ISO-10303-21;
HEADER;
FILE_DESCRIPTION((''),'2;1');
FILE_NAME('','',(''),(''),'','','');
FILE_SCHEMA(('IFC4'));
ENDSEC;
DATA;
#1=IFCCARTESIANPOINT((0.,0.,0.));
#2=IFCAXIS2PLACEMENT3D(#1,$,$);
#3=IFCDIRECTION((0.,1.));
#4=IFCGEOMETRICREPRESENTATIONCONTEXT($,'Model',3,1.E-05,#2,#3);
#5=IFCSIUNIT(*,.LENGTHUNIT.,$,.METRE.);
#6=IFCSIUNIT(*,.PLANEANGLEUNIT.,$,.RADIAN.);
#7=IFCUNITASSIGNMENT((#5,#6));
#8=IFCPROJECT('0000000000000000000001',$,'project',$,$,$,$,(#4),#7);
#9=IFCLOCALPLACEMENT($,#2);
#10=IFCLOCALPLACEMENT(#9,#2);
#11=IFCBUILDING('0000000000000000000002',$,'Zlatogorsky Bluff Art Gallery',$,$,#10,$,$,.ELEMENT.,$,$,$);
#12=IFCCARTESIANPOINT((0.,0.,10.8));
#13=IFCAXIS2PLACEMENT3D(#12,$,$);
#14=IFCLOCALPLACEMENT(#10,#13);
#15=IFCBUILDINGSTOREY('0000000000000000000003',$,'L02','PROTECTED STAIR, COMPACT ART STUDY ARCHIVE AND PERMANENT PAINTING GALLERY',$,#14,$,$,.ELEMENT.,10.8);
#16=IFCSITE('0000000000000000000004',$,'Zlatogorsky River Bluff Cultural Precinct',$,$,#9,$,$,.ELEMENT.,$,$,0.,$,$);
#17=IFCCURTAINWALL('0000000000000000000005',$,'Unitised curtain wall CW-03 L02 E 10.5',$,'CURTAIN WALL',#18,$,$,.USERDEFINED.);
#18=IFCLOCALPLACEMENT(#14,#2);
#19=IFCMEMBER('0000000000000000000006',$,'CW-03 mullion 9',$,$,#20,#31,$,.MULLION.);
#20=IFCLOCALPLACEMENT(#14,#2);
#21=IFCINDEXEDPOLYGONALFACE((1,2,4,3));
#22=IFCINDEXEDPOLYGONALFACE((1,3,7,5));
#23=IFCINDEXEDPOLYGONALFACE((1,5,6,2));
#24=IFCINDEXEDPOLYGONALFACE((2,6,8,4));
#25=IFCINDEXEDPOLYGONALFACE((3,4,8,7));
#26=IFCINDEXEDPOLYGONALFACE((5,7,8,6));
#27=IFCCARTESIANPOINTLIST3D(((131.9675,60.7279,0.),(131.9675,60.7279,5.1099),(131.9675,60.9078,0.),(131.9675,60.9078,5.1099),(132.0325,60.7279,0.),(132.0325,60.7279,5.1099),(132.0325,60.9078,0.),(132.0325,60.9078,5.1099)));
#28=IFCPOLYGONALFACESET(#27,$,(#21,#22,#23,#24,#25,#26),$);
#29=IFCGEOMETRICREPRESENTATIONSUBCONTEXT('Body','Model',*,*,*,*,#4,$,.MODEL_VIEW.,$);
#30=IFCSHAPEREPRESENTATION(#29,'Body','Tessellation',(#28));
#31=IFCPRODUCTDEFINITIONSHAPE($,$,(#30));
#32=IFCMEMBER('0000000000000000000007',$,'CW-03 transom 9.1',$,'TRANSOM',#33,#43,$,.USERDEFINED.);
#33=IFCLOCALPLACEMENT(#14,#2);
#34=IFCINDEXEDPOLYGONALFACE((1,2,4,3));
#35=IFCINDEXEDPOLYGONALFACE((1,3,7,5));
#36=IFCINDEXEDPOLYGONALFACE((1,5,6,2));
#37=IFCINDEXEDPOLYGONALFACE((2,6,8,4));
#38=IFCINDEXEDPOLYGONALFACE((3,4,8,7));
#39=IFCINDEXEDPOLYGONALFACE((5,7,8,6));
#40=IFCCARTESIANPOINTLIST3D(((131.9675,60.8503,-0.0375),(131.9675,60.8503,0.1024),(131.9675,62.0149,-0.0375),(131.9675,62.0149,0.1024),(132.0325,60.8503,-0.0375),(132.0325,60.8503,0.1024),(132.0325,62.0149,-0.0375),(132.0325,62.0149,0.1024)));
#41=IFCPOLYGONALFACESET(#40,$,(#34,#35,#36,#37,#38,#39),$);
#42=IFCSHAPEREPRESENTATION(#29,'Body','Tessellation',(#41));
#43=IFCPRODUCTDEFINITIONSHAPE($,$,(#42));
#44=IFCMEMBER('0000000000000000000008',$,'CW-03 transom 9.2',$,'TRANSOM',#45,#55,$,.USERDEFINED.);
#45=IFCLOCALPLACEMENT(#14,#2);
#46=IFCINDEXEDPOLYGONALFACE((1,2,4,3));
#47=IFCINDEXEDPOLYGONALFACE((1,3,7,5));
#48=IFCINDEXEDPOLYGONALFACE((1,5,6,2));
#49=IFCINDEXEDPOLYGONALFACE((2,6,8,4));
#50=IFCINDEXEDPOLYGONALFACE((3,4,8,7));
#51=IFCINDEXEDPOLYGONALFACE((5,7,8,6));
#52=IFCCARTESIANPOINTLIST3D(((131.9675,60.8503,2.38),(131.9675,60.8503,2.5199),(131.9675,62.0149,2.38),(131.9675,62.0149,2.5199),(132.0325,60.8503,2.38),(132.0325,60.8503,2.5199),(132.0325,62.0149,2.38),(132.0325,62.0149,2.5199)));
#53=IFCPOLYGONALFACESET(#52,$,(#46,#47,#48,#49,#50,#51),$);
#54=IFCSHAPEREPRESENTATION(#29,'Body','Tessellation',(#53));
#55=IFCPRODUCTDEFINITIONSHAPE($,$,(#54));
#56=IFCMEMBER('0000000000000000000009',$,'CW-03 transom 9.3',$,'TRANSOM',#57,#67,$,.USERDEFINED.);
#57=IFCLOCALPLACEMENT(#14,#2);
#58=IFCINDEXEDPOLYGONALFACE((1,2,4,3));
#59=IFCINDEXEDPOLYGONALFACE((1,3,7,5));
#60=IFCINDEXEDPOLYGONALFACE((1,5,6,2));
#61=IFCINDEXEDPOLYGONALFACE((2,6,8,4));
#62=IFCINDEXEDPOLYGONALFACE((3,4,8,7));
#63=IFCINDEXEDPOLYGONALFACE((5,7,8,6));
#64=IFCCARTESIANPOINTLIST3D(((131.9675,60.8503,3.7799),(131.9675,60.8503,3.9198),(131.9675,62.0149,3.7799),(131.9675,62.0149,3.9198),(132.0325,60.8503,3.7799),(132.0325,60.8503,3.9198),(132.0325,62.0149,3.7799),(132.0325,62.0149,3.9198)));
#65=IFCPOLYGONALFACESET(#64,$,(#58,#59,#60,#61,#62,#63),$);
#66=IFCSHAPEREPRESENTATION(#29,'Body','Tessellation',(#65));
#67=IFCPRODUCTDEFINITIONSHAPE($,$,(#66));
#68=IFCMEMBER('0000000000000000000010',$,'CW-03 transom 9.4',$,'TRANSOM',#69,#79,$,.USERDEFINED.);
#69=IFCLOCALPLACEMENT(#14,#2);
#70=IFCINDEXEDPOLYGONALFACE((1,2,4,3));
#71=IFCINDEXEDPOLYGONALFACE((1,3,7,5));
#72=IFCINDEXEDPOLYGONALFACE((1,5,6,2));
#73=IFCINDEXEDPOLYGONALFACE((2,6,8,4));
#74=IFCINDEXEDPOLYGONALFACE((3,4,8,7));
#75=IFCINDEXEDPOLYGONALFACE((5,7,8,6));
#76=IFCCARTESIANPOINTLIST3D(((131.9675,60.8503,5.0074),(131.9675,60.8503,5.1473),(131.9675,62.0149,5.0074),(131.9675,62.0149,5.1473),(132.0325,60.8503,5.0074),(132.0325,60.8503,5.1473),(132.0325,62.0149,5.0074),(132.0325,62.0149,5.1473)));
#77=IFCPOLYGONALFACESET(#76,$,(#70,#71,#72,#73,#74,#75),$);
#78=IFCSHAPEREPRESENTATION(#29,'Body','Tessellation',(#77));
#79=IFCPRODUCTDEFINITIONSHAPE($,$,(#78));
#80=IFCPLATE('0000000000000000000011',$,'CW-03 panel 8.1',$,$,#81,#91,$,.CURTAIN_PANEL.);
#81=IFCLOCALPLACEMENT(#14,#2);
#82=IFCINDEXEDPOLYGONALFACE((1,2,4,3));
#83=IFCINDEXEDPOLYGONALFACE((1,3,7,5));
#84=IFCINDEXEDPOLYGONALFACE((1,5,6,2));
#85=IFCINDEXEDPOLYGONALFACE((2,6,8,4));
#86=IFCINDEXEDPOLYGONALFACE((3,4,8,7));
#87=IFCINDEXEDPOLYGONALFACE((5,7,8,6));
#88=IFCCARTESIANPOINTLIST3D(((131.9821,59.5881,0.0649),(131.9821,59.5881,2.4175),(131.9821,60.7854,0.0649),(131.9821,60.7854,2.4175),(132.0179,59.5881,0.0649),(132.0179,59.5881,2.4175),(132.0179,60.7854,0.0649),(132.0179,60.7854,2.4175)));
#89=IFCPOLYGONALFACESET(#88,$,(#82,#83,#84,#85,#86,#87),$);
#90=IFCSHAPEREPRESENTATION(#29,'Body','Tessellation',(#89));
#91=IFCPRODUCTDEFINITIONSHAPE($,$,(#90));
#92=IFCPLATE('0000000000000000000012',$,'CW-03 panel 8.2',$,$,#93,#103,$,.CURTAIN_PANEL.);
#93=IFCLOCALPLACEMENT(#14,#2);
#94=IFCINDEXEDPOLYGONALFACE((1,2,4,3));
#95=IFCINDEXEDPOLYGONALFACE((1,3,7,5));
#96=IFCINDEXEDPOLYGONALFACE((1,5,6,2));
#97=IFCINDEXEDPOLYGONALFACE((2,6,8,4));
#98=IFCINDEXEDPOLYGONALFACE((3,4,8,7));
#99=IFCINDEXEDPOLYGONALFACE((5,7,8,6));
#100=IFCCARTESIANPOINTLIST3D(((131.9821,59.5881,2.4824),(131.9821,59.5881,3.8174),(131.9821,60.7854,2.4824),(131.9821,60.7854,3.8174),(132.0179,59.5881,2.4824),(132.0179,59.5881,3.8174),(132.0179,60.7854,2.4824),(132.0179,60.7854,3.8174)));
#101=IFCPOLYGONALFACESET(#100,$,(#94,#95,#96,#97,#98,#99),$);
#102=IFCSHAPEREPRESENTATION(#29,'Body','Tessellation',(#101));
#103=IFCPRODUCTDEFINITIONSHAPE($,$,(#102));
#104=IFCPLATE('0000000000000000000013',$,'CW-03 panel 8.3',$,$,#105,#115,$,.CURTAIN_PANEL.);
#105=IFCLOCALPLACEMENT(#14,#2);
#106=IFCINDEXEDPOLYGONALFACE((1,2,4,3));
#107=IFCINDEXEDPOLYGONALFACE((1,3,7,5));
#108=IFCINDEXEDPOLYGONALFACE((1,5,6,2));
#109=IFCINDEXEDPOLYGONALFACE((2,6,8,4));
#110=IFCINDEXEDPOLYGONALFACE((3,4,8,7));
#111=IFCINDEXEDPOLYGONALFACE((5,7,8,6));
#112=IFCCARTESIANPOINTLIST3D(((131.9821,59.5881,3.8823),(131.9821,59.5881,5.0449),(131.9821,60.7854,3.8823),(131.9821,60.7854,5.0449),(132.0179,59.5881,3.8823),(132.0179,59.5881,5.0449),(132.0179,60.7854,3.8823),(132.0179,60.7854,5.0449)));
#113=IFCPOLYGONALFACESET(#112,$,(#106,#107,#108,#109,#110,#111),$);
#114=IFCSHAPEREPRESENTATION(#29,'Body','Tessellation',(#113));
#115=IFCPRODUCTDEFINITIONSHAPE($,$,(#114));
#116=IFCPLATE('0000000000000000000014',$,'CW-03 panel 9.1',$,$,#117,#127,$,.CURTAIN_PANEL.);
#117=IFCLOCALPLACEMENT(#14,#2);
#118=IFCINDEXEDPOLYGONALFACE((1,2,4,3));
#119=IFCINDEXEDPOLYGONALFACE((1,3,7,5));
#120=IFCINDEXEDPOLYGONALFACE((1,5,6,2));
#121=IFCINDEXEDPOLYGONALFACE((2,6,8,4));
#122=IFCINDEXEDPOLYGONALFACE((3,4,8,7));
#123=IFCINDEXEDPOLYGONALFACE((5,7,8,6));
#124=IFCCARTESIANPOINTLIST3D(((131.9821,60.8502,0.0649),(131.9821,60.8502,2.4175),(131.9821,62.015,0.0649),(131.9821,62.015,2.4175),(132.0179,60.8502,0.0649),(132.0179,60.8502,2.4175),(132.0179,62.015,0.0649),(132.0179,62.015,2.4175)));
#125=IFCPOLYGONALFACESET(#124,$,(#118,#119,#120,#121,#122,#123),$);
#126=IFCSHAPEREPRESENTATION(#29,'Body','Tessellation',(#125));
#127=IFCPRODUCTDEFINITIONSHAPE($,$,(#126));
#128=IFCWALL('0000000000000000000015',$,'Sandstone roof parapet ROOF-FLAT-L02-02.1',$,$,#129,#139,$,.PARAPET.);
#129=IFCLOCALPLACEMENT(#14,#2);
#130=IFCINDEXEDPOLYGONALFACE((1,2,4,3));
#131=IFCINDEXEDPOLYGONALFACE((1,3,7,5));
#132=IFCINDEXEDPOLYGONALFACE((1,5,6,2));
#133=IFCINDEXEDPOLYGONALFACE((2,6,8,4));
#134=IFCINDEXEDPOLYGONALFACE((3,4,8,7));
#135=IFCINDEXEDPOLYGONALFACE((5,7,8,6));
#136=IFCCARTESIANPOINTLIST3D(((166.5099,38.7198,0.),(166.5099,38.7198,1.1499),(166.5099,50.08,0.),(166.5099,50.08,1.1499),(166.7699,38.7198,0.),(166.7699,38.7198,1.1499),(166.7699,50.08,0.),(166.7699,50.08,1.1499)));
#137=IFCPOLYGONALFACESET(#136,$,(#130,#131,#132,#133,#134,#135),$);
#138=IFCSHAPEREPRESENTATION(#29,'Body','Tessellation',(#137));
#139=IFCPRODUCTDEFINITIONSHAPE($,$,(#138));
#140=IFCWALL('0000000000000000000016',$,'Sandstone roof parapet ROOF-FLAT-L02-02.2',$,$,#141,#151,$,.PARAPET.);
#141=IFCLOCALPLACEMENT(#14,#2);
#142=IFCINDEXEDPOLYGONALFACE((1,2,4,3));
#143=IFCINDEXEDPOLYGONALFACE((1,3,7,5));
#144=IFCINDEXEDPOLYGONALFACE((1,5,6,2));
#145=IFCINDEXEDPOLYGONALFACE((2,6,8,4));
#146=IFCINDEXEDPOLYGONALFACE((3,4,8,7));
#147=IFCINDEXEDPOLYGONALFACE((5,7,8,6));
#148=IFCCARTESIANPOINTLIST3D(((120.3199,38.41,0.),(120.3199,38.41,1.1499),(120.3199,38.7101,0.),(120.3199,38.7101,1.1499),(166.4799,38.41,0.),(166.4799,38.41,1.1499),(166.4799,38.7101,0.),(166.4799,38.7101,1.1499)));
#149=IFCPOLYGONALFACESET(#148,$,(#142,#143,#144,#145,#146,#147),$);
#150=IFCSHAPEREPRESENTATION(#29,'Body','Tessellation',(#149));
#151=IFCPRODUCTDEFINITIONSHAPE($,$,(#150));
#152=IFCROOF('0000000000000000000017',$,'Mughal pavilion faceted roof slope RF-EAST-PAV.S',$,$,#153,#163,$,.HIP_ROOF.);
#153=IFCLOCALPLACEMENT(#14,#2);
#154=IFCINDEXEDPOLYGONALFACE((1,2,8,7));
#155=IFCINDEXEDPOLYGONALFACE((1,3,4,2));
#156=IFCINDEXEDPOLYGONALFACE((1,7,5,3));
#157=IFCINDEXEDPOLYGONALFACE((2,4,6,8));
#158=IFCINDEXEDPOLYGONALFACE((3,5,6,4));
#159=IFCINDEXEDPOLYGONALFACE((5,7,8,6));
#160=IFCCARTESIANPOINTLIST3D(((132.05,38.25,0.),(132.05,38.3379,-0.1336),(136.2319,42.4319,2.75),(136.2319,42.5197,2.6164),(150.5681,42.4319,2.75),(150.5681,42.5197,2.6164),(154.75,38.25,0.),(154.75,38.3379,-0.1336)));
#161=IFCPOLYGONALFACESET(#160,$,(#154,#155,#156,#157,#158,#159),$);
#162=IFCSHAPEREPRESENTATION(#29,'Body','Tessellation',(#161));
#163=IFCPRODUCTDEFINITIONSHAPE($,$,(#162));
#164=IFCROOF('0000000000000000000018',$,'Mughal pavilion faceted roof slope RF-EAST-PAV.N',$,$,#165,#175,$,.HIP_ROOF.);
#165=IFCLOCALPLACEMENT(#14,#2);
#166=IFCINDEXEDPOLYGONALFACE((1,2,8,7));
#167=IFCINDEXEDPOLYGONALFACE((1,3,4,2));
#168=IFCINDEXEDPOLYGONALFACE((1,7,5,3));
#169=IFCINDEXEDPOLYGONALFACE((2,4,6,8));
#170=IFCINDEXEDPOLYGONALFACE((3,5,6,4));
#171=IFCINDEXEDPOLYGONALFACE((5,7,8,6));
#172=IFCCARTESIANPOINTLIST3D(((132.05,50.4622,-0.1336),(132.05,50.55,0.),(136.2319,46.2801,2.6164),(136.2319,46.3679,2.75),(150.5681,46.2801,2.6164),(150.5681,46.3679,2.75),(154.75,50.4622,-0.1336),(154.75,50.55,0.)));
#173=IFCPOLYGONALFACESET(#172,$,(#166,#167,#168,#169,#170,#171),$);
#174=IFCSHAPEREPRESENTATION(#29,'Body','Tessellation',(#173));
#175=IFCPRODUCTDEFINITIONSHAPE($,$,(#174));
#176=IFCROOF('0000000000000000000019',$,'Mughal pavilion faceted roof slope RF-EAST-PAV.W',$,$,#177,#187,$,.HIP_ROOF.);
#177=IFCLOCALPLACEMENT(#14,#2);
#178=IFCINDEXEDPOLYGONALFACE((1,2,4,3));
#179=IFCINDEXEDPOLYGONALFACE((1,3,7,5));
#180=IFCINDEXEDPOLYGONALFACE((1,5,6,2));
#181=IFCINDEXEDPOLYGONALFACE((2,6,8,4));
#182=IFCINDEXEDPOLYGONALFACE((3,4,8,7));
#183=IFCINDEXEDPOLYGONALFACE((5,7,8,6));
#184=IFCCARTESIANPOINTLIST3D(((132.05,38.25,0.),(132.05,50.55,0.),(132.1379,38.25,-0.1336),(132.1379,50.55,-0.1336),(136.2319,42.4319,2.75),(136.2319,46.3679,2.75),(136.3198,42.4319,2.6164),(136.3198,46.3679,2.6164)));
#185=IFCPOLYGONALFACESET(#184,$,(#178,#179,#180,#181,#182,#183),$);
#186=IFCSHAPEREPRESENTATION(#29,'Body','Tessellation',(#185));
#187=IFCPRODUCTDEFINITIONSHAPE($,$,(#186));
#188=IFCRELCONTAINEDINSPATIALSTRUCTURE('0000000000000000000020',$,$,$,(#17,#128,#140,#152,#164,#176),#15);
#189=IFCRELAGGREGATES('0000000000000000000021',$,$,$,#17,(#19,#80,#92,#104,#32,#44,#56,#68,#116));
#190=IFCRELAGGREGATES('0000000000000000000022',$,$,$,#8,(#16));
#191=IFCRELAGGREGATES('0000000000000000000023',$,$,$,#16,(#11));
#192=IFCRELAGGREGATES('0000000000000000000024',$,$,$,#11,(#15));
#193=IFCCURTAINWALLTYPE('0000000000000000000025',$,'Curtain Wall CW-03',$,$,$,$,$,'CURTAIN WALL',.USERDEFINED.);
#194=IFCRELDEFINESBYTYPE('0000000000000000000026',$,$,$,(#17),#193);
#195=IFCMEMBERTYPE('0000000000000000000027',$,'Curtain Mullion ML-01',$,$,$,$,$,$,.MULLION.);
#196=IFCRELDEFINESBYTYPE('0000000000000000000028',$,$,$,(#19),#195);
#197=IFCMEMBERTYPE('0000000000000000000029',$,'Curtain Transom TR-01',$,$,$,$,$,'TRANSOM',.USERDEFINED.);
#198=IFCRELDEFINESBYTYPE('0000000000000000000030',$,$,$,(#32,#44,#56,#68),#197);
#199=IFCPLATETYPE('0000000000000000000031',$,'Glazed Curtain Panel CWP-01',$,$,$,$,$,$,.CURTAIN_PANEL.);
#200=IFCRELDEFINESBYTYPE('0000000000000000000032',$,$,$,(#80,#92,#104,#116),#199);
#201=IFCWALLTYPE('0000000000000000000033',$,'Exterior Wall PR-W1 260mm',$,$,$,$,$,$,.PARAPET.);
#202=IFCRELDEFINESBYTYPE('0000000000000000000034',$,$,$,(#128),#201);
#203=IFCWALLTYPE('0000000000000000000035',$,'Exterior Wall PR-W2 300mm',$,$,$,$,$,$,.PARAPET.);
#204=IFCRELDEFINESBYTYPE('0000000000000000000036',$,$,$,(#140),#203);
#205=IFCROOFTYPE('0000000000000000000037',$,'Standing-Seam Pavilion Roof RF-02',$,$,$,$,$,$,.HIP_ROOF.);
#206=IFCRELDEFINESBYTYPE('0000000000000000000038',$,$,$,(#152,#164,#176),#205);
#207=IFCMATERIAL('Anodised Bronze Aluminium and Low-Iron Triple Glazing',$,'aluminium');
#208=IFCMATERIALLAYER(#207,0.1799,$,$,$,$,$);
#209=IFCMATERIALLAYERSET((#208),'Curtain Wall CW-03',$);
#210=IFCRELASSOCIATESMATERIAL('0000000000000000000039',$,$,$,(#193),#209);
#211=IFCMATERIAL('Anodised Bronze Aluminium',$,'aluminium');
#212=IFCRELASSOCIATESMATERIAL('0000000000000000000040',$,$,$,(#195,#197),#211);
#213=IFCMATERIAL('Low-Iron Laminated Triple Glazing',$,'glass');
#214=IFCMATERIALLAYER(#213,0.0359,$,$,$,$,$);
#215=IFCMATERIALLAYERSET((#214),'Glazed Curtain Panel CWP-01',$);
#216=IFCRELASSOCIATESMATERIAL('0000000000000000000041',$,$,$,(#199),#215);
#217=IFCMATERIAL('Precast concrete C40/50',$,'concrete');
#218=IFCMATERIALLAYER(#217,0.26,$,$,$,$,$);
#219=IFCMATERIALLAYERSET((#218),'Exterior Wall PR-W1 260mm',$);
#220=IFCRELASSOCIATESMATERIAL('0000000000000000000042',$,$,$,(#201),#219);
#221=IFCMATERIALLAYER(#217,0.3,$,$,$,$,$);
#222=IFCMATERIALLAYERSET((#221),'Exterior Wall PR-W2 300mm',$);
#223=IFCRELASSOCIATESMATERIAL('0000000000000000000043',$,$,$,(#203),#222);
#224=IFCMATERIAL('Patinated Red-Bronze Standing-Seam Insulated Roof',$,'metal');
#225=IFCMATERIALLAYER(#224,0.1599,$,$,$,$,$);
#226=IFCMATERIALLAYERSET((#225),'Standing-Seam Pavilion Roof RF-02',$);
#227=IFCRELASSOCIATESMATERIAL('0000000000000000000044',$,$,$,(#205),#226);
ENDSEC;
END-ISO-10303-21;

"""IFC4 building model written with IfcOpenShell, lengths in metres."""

from ifc_helpers import new_model, si_unit, direction, frame, frame_2d, origin, origin_2d, place, context, subcontext, project, spatial, polyline, rectangle, outline, extrude, material, layer, layer_set, material_profile, profile_set, type_object, element, aggregate, save


model = new_model("IFC4")

# Units and contexts
model_context = context("Model", 3, precision=1e-05, world=origin(), true_north=direction((0.0, 1.0)))
body_context = subcontext(model_context, "Body", "Model", "MODEL_VIEW")
ifc_project = project(units=[si_unit("LENGTHUNIT", "METRE"), si_unit("PLANEANGLEUNIT", "RADIAN")], contexts=[model_context])

# Site, building, storey
site_placement = place(None, origin())
site = spatial("IfcSite", under=ifc_project, at=site_placement, Name="Zlatogorsky River Bluff Cultural Precinct", CompositionType="ELEMENT", RefElevation=0.0)
building_placement = place(site_placement, origin())
building = spatial("IfcBuilding", under=site, at=building_placement, Name="Zlatogorsky Bluff Art Gallery", CompositionType="ELEMENT")
storey_placement = place(building_placement, frame((0.0, 0.0, 10.8)))
storey = spatial("IfcBuildingStorey", under=building, at=storey_placement, Name="L02", Description="PROTECTED STAIR, COMPACT ART STUDY ARCHIVE AND PERMANENT PAINTING GALLERY", CompositionType="ELEMENT", Elevation=10.8)

# Curtain wall, members, plates
ifc_material_1 = material(Name="Anodised Bronze Aluminium and Low-Iron Triple Glazing", Category="aluminium")
ifc_layer_1 = layer(ifc_material_1, 0.1799)
ifc_layer_set_1 = layer_set([ifc_layer_1], Name="Curtain Wall CW-03")
curtain_wall_type = type_object("IfcCurtainWallType", Name="Curtain Wall CW-03", ElementType="CURTAIN WALL", PredefinedType="USERDEFINED", material=ifc_layer_set_1)
curtain_wall_placement = place(storey_placement, origin())
curtain_wall = element("IfcCurtainWall", 1, at=curtain_wall_placement, inside=storey, type_object=curtain_wall_type, Name="Unitised curtain wall CW-03 L02 E 10.5", ObjectType="CURTAIN WALL", PredefinedType="USERDEFINED")
ifc_material_2 = material(Name="Anodised Bronze Aluminium", Category="aluminium")
ifc_material_profile_1 = material_profile(ifc_material_2, rectangle(XDim=0.0649, YDim=0.1799, at=origin_2d()), Name="ALU MULLION 65x180")
ifc_profile_set_1 = profile_set([ifc_material_profile_1], Name="Anodised Bronze Aluminium")
member_type_1 = type_object("IfcMemberType", Name="Curtain Mullion ML-01", PredefinedType="MULLION", material=ifc_profile_set_1)
member_1_placement = place(storey_placement, frame((132.0, 60.8179, 0.0), z_axis=(0.0, 0.0, 1.0), x_axis=(-1.0, 0.0, 0.0)))
member_1 = element("IfcMember", 2, at=member_1_placement, type_object=member_type_1, Name="CW-03 mullion 9", PredefinedType="MULLION", context=body_context, shape_type="SweptSolid", body=[
    extrude(rectangle(XDim=0.0649, YDim=0.1799, at=origin_2d()), origin(), (0.0, 0.0, 1.0), 5.1099),
])
ifc_material_profile_2 = material_profile(ifc_material_2, rectangle(XDim=0.0649, YDim=0.1399, at=origin_2d()), Name="ALU TRANSOM 65x140")
ifc_profile_set_2 = profile_set([ifc_material_profile_2], Name="Anodised Bronze Aluminium")
member_type_2 = type_object("IfcMemberType", Name="Curtain Transom TR-01", ElementType="TRANSOM", PredefinedType="USERDEFINED", material=ifc_profile_set_2)
member_2_placement = place(storey_placement, frame((132.0, 60.8503, 0.0325), z_axis=(0.0, 1.0, 0.0), x_axis=(-1.0, 0.0, 0.0)))
member_2 = element("IfcMember", 3, at=member_2_placement, type_object=member_type_2, Name="CW-03 transom 9.1", ObjectType="TRANSOM", PredefinedType="USERDEFINED", context=body_context, shape_type="SweptSolid", body=[
    extrude(rectangle(XDim=0.0649, YDim=0.1399, at=origin_2d()), origin(), (0.0, 0.0, 1.0), 1.1646),
])
member_3_placement = place(storey_placement, frame((132.0, 60.8503, 2.45), z_axis=(0.0, 1.0, 0.0), x_axis=(-1.0, 0.0, 0.0)))
member_3 = element("IfcMember", 4, at=member_3_placement, type_object=member_type_2, Name="CW-03 transom 9.2", ObjectType="TRANSOM", PredefinedType="USERDEFINED", context=body_context, shape_type="SweptSolid", body=[
    extrude(rectangle(XDim=0.0649, YDim=0.1399, at=origin_2d()), origin(), (0.0, 0.0, 1.0), 1.1646),
])
member_4_placement = place(storey_placement, frame((132.0, 60.8503, 3.8499), z_axis=(0.0, 1.0, 0.0), x_axis=(-1.0, 0.0, 0.0)))
member_4 = element("IfcMember", 5, at=member_4_placement, type_object=member_type_2, Name="CW-03 transom 9.3", ObjectType="TRANSOM", PredefinedType="USERDEFINED", context=body_context, shape_type="SweptSolid", body=[
    extrude(rectangle(XDim=0.0649, YDim=0.1399, at=origin_2d()), origin(), (0.0, 0.0, 1.0), 1.1646),
])
member_5_placement = place(storey_placement, frame((132.0, 60.8503, 5.0774), z_axis=(0.0, 1.0, 0.0), x_axis=(-1.0, 0.0, 0.0)))
member_5 = element("IfcMember", 6, at=member_5_placement, type_object=member_type_2, Name="CW-03 transom 9.4", ObjectType="TRANSOM", PredefinedType="USERDEFINED", context=body_context, shape_type="SweptSolid", body=[
    extrude(rectangle(XDim=0.0649, YDim=0.1399, at=origin_2d()), origin(), (0.0, 0.0, 1.0), 1.1646),
])
ifc_material_3 = material(Name="Low-Iron Laminated Triple Glazing", Category="glass")
ifc_layer_2 = layer(ifc_material_3, 0.0359)
ifc_layer_set_2 = layer_set([ifc_layer_2], Name="Glazed Curtain Panel CWP-01")
plate_type = type_object("IfcPlateType", Name="Glazed Curtain Panel CWP-01", PredefinedType="CURTAIN_PANEL", material=ifc_layer_set_2)
plate_1_placement = place(storey_placement, frame((132.0, 60.1868, 0.0649), z_axis=(0.0, 0.0, 1.0), x_axis=(0.0, 1.0, 0.0)))
plate_1 = element("IfcPlate", 7, at=plate_1_placement, type_object=plate_type, Name="CW-03 panel 8.1", PredefinedType="CURTAIN_PANEL", context=body_context, shape_type="SweptSolid", body=[
    extrude(rectangle(XDim=1.1973, YDim=0.0359, at=origin_2d()), origin(), (0.0, 0.0, 1.0), 2.3525),
])
plate_2_placement = place(storey_placement, frame((132.0, 60.1868, 2.4824), z_axis=(0.0, 0.0, 1.0), x_axis=(0.0, 1.0, 0.0)))
plate_2 = element("IfcPlate", 8, at=plate_2_placement, type_object=plate_type, Name="CW-03 panel 8.2", PredefinedType="CURTAIN_PANEL", context=body_context, shape_type="SweptSolid", body=[
    extrude(rectangle(XDim=1.1973, YDim=0.0359, at=origin_2d()), origin(), (0.0, 0.0, 1.0), 1.335),
])
plate_3_placement = place(storey_placement, frame((132.0, 60.1868, 3.8823), z_axis=(0.0, 0.0, 1.0), x_axis=(0.0, 1.0, 0.0)))
plate_3 = element("IfcPlate", 9, at=plate_3_placement, type_object=plate_type, Name="CW-03 panel 8.3", PredefinedType="CURTAIN_PANEL", context=body_context, shape_type="SweptSolid", body=[
    extrude(rectangle(XDim=1.1973, YDim=0.0359, at=origin_2d()), origin(), (0.0, 0.0, 1.0), 1.1626),
])
plate_4_placement = place(storey_placement, frame((132.0, 61.4326, 0.0649), z_axis=(0.0, 0.0, 1.0), x_axis=(0.0, 1.0, 0.0)))
plate_4 = element("IfcPlate", 10, at=plate_4_placement, type_object=plate_type, Name="CW-03 panel 9.1", PredefinedType="CURTAIN_PANEL", context=body_context, shape_type="SweptSolid", body=[
    extrude(rectangle(XDim=1.1648, YDim=0.0359, at=origin_2d()), origin(), (0.0, 0.0, 1.0), 2.3525),
])
aggregate(curtain_wall, [member_1, plate_1, plate_2, plate_3, member_2, member_3, member_4, member_5, plate_4])

# Walls
ifc_material_4 = material(Name="Precast concrete C40/50", Category="concrete")
ifc_layer_3 = layer(ifc_material_4, 0.26)
ifc_layer_set_3 = layer_set([ifc_layer_3], Name="Exterior Wall PR-W1 260mm")
wall_type_1 = type_object("IfcWallType", Name="Exterior Wall PR-W1 260mm", PredefinedType="PARAPET", material=ifc_layer_set_3)
wall_1_placement = place(storey_placement, frame((166.6399, 50.0801, 0.0), z_axis=(0.0, 0.0, 1.0), x_axis=(0.0, -1.0, 0.0)))
element("IfcWall", 11, at=wall_1_placement, inside=storey, type_object=wall_type_1, Name="Sandstone roof parapet ROOF-FLAT-L02-02.1", PredefinedType="PARAPET", context=body_context, shape_type="SweptSolid", body=[
    extrude(rectangle(XDim=11.3601, YDim=0.26, at=frame_2d((5.6802, 0.0))), origin(), (0.0, 0.0, 1.0), 1.1499),
])
ifc_layer_4 = layer(ifc_material_4, 0.3)
ifc_layer_set_4 = layer_set([ifc_layer_4], Name="Exterior Wall PR-W2 300mm")
wall_type_2 = type_object("IfcWallType", Name="Exterior Wall PR-W2 300mm", PredefinedType="PARAPET", material=ifc_layer_set_4)
wall_2_placement = place(storey_placement, frame((166.48, 38.5601, 0.0), z_axis=(0.0, 0.0, 1.0), x_axis=(-1.0, 0.0, 0.0)))
element("IfcWall", 12, at=wall_2_placement, inside=storey, type_object=wall_type_2, Name="Sandstone roof parapet ROOF-FLAT-L02-02.2", PredefinedType="PARAPET", context=body_context, shape_type="SweptSolid", body=[
    extrude(rectangle(XDim=46.1599, YDim=0.3, at=frame_2d((23.0801, 0.0))), origin(), (0.0, 0.0, 1.0), 1.1499),
])

# Roofs
ifc_material_5 = material(Name="Patinated Red-Bronze Standing-Seam Insulated Roof", Category="metal")
ifc_layer_5 = layer(ifc_material_5, 0.1599)
ifc_layer_set_5 = layer_set([ifc_layer_5], Name="Standing-Seam Pavilion Roof RF-02")
roof_type = type_object("IfcRoofType", Name="Standing-Seam Pavilion Roof RF-02", PredefinedType="HIP_ROOF", material=ifc_layer_set_5)
roof_1_placement = place(storey_placement, frame((132.05, 38.25, 0.0), z_axis=(0.0, -0.549444, 0.835531), x_axis=(1.0, 0.0, 0.0)))
element("IfcRoof", 13, at=roof_1_placement, inside=storey, type_object=roof_type, Name="Mughal pavilion faceted roof slope RF-EAST-PAV.S", PredefinedType="HIP_ROOF", context=body_context, shape_type="SweptSolid", body=[
    extrude(outline(polyline([(0.0, 0.0), (22.7, 0.0), (18.5181, 5.0051), (4.1819, 5.0051), (0.0, 0.0)])), origin(), (0.0, 0.0, -1.0), 0.1599),
])
roof_2_placement = place(storey_placement, frame((154.75, 50.55, 0.0), z_axis=(0.0, 0.549421, 0.835546), x_axis=(-1.0, 0.0, 0.0)))
element("IfcRoof", 14, at=roof_2_placement, inside=storey, type_object=roof_type, Name="Mughal pavilion faceted roof slope RF-EAST-PAV.N", PredefinedType="HIP_ROOF", context=body_context, shape_type="SweptSolid", body=[
    extrude(outline(polyline([(0.0, 0.0), (22.7, 0.0), (18.5181, 5.0053), (4.1819, 5.0053), (0.0, 0.0)])), origin(), (0.0, 0.0, -1.0), 0.1599),
])
roof_3_placement = place(storey_placement, frame((132.05, 50.55, 0.0), z_axis=(-0.549444, 0.0, 0.835531), x_axis=(0.0, -1.0, 0.0)))
element("IfcRoof", 15, at=roof_3_placement, inside=storey, type_object=roof_type, Name="Mughal pavilion faceted roof slope RF-EAST-PAV.W", PredefinedType="HIP_ROOF", context=body_context, shape_type="SweptSolid", body=[
    extrude(outline(polyline([(0.0, 0.0), (12.3, 0.0), (8.1182, 5.0051), (4.1821, 5.0051), (0.0, 0.0)])), origin(), (0.0, 0.0, -1.0), 0.1599),
])

save(model, "model.ifc")
